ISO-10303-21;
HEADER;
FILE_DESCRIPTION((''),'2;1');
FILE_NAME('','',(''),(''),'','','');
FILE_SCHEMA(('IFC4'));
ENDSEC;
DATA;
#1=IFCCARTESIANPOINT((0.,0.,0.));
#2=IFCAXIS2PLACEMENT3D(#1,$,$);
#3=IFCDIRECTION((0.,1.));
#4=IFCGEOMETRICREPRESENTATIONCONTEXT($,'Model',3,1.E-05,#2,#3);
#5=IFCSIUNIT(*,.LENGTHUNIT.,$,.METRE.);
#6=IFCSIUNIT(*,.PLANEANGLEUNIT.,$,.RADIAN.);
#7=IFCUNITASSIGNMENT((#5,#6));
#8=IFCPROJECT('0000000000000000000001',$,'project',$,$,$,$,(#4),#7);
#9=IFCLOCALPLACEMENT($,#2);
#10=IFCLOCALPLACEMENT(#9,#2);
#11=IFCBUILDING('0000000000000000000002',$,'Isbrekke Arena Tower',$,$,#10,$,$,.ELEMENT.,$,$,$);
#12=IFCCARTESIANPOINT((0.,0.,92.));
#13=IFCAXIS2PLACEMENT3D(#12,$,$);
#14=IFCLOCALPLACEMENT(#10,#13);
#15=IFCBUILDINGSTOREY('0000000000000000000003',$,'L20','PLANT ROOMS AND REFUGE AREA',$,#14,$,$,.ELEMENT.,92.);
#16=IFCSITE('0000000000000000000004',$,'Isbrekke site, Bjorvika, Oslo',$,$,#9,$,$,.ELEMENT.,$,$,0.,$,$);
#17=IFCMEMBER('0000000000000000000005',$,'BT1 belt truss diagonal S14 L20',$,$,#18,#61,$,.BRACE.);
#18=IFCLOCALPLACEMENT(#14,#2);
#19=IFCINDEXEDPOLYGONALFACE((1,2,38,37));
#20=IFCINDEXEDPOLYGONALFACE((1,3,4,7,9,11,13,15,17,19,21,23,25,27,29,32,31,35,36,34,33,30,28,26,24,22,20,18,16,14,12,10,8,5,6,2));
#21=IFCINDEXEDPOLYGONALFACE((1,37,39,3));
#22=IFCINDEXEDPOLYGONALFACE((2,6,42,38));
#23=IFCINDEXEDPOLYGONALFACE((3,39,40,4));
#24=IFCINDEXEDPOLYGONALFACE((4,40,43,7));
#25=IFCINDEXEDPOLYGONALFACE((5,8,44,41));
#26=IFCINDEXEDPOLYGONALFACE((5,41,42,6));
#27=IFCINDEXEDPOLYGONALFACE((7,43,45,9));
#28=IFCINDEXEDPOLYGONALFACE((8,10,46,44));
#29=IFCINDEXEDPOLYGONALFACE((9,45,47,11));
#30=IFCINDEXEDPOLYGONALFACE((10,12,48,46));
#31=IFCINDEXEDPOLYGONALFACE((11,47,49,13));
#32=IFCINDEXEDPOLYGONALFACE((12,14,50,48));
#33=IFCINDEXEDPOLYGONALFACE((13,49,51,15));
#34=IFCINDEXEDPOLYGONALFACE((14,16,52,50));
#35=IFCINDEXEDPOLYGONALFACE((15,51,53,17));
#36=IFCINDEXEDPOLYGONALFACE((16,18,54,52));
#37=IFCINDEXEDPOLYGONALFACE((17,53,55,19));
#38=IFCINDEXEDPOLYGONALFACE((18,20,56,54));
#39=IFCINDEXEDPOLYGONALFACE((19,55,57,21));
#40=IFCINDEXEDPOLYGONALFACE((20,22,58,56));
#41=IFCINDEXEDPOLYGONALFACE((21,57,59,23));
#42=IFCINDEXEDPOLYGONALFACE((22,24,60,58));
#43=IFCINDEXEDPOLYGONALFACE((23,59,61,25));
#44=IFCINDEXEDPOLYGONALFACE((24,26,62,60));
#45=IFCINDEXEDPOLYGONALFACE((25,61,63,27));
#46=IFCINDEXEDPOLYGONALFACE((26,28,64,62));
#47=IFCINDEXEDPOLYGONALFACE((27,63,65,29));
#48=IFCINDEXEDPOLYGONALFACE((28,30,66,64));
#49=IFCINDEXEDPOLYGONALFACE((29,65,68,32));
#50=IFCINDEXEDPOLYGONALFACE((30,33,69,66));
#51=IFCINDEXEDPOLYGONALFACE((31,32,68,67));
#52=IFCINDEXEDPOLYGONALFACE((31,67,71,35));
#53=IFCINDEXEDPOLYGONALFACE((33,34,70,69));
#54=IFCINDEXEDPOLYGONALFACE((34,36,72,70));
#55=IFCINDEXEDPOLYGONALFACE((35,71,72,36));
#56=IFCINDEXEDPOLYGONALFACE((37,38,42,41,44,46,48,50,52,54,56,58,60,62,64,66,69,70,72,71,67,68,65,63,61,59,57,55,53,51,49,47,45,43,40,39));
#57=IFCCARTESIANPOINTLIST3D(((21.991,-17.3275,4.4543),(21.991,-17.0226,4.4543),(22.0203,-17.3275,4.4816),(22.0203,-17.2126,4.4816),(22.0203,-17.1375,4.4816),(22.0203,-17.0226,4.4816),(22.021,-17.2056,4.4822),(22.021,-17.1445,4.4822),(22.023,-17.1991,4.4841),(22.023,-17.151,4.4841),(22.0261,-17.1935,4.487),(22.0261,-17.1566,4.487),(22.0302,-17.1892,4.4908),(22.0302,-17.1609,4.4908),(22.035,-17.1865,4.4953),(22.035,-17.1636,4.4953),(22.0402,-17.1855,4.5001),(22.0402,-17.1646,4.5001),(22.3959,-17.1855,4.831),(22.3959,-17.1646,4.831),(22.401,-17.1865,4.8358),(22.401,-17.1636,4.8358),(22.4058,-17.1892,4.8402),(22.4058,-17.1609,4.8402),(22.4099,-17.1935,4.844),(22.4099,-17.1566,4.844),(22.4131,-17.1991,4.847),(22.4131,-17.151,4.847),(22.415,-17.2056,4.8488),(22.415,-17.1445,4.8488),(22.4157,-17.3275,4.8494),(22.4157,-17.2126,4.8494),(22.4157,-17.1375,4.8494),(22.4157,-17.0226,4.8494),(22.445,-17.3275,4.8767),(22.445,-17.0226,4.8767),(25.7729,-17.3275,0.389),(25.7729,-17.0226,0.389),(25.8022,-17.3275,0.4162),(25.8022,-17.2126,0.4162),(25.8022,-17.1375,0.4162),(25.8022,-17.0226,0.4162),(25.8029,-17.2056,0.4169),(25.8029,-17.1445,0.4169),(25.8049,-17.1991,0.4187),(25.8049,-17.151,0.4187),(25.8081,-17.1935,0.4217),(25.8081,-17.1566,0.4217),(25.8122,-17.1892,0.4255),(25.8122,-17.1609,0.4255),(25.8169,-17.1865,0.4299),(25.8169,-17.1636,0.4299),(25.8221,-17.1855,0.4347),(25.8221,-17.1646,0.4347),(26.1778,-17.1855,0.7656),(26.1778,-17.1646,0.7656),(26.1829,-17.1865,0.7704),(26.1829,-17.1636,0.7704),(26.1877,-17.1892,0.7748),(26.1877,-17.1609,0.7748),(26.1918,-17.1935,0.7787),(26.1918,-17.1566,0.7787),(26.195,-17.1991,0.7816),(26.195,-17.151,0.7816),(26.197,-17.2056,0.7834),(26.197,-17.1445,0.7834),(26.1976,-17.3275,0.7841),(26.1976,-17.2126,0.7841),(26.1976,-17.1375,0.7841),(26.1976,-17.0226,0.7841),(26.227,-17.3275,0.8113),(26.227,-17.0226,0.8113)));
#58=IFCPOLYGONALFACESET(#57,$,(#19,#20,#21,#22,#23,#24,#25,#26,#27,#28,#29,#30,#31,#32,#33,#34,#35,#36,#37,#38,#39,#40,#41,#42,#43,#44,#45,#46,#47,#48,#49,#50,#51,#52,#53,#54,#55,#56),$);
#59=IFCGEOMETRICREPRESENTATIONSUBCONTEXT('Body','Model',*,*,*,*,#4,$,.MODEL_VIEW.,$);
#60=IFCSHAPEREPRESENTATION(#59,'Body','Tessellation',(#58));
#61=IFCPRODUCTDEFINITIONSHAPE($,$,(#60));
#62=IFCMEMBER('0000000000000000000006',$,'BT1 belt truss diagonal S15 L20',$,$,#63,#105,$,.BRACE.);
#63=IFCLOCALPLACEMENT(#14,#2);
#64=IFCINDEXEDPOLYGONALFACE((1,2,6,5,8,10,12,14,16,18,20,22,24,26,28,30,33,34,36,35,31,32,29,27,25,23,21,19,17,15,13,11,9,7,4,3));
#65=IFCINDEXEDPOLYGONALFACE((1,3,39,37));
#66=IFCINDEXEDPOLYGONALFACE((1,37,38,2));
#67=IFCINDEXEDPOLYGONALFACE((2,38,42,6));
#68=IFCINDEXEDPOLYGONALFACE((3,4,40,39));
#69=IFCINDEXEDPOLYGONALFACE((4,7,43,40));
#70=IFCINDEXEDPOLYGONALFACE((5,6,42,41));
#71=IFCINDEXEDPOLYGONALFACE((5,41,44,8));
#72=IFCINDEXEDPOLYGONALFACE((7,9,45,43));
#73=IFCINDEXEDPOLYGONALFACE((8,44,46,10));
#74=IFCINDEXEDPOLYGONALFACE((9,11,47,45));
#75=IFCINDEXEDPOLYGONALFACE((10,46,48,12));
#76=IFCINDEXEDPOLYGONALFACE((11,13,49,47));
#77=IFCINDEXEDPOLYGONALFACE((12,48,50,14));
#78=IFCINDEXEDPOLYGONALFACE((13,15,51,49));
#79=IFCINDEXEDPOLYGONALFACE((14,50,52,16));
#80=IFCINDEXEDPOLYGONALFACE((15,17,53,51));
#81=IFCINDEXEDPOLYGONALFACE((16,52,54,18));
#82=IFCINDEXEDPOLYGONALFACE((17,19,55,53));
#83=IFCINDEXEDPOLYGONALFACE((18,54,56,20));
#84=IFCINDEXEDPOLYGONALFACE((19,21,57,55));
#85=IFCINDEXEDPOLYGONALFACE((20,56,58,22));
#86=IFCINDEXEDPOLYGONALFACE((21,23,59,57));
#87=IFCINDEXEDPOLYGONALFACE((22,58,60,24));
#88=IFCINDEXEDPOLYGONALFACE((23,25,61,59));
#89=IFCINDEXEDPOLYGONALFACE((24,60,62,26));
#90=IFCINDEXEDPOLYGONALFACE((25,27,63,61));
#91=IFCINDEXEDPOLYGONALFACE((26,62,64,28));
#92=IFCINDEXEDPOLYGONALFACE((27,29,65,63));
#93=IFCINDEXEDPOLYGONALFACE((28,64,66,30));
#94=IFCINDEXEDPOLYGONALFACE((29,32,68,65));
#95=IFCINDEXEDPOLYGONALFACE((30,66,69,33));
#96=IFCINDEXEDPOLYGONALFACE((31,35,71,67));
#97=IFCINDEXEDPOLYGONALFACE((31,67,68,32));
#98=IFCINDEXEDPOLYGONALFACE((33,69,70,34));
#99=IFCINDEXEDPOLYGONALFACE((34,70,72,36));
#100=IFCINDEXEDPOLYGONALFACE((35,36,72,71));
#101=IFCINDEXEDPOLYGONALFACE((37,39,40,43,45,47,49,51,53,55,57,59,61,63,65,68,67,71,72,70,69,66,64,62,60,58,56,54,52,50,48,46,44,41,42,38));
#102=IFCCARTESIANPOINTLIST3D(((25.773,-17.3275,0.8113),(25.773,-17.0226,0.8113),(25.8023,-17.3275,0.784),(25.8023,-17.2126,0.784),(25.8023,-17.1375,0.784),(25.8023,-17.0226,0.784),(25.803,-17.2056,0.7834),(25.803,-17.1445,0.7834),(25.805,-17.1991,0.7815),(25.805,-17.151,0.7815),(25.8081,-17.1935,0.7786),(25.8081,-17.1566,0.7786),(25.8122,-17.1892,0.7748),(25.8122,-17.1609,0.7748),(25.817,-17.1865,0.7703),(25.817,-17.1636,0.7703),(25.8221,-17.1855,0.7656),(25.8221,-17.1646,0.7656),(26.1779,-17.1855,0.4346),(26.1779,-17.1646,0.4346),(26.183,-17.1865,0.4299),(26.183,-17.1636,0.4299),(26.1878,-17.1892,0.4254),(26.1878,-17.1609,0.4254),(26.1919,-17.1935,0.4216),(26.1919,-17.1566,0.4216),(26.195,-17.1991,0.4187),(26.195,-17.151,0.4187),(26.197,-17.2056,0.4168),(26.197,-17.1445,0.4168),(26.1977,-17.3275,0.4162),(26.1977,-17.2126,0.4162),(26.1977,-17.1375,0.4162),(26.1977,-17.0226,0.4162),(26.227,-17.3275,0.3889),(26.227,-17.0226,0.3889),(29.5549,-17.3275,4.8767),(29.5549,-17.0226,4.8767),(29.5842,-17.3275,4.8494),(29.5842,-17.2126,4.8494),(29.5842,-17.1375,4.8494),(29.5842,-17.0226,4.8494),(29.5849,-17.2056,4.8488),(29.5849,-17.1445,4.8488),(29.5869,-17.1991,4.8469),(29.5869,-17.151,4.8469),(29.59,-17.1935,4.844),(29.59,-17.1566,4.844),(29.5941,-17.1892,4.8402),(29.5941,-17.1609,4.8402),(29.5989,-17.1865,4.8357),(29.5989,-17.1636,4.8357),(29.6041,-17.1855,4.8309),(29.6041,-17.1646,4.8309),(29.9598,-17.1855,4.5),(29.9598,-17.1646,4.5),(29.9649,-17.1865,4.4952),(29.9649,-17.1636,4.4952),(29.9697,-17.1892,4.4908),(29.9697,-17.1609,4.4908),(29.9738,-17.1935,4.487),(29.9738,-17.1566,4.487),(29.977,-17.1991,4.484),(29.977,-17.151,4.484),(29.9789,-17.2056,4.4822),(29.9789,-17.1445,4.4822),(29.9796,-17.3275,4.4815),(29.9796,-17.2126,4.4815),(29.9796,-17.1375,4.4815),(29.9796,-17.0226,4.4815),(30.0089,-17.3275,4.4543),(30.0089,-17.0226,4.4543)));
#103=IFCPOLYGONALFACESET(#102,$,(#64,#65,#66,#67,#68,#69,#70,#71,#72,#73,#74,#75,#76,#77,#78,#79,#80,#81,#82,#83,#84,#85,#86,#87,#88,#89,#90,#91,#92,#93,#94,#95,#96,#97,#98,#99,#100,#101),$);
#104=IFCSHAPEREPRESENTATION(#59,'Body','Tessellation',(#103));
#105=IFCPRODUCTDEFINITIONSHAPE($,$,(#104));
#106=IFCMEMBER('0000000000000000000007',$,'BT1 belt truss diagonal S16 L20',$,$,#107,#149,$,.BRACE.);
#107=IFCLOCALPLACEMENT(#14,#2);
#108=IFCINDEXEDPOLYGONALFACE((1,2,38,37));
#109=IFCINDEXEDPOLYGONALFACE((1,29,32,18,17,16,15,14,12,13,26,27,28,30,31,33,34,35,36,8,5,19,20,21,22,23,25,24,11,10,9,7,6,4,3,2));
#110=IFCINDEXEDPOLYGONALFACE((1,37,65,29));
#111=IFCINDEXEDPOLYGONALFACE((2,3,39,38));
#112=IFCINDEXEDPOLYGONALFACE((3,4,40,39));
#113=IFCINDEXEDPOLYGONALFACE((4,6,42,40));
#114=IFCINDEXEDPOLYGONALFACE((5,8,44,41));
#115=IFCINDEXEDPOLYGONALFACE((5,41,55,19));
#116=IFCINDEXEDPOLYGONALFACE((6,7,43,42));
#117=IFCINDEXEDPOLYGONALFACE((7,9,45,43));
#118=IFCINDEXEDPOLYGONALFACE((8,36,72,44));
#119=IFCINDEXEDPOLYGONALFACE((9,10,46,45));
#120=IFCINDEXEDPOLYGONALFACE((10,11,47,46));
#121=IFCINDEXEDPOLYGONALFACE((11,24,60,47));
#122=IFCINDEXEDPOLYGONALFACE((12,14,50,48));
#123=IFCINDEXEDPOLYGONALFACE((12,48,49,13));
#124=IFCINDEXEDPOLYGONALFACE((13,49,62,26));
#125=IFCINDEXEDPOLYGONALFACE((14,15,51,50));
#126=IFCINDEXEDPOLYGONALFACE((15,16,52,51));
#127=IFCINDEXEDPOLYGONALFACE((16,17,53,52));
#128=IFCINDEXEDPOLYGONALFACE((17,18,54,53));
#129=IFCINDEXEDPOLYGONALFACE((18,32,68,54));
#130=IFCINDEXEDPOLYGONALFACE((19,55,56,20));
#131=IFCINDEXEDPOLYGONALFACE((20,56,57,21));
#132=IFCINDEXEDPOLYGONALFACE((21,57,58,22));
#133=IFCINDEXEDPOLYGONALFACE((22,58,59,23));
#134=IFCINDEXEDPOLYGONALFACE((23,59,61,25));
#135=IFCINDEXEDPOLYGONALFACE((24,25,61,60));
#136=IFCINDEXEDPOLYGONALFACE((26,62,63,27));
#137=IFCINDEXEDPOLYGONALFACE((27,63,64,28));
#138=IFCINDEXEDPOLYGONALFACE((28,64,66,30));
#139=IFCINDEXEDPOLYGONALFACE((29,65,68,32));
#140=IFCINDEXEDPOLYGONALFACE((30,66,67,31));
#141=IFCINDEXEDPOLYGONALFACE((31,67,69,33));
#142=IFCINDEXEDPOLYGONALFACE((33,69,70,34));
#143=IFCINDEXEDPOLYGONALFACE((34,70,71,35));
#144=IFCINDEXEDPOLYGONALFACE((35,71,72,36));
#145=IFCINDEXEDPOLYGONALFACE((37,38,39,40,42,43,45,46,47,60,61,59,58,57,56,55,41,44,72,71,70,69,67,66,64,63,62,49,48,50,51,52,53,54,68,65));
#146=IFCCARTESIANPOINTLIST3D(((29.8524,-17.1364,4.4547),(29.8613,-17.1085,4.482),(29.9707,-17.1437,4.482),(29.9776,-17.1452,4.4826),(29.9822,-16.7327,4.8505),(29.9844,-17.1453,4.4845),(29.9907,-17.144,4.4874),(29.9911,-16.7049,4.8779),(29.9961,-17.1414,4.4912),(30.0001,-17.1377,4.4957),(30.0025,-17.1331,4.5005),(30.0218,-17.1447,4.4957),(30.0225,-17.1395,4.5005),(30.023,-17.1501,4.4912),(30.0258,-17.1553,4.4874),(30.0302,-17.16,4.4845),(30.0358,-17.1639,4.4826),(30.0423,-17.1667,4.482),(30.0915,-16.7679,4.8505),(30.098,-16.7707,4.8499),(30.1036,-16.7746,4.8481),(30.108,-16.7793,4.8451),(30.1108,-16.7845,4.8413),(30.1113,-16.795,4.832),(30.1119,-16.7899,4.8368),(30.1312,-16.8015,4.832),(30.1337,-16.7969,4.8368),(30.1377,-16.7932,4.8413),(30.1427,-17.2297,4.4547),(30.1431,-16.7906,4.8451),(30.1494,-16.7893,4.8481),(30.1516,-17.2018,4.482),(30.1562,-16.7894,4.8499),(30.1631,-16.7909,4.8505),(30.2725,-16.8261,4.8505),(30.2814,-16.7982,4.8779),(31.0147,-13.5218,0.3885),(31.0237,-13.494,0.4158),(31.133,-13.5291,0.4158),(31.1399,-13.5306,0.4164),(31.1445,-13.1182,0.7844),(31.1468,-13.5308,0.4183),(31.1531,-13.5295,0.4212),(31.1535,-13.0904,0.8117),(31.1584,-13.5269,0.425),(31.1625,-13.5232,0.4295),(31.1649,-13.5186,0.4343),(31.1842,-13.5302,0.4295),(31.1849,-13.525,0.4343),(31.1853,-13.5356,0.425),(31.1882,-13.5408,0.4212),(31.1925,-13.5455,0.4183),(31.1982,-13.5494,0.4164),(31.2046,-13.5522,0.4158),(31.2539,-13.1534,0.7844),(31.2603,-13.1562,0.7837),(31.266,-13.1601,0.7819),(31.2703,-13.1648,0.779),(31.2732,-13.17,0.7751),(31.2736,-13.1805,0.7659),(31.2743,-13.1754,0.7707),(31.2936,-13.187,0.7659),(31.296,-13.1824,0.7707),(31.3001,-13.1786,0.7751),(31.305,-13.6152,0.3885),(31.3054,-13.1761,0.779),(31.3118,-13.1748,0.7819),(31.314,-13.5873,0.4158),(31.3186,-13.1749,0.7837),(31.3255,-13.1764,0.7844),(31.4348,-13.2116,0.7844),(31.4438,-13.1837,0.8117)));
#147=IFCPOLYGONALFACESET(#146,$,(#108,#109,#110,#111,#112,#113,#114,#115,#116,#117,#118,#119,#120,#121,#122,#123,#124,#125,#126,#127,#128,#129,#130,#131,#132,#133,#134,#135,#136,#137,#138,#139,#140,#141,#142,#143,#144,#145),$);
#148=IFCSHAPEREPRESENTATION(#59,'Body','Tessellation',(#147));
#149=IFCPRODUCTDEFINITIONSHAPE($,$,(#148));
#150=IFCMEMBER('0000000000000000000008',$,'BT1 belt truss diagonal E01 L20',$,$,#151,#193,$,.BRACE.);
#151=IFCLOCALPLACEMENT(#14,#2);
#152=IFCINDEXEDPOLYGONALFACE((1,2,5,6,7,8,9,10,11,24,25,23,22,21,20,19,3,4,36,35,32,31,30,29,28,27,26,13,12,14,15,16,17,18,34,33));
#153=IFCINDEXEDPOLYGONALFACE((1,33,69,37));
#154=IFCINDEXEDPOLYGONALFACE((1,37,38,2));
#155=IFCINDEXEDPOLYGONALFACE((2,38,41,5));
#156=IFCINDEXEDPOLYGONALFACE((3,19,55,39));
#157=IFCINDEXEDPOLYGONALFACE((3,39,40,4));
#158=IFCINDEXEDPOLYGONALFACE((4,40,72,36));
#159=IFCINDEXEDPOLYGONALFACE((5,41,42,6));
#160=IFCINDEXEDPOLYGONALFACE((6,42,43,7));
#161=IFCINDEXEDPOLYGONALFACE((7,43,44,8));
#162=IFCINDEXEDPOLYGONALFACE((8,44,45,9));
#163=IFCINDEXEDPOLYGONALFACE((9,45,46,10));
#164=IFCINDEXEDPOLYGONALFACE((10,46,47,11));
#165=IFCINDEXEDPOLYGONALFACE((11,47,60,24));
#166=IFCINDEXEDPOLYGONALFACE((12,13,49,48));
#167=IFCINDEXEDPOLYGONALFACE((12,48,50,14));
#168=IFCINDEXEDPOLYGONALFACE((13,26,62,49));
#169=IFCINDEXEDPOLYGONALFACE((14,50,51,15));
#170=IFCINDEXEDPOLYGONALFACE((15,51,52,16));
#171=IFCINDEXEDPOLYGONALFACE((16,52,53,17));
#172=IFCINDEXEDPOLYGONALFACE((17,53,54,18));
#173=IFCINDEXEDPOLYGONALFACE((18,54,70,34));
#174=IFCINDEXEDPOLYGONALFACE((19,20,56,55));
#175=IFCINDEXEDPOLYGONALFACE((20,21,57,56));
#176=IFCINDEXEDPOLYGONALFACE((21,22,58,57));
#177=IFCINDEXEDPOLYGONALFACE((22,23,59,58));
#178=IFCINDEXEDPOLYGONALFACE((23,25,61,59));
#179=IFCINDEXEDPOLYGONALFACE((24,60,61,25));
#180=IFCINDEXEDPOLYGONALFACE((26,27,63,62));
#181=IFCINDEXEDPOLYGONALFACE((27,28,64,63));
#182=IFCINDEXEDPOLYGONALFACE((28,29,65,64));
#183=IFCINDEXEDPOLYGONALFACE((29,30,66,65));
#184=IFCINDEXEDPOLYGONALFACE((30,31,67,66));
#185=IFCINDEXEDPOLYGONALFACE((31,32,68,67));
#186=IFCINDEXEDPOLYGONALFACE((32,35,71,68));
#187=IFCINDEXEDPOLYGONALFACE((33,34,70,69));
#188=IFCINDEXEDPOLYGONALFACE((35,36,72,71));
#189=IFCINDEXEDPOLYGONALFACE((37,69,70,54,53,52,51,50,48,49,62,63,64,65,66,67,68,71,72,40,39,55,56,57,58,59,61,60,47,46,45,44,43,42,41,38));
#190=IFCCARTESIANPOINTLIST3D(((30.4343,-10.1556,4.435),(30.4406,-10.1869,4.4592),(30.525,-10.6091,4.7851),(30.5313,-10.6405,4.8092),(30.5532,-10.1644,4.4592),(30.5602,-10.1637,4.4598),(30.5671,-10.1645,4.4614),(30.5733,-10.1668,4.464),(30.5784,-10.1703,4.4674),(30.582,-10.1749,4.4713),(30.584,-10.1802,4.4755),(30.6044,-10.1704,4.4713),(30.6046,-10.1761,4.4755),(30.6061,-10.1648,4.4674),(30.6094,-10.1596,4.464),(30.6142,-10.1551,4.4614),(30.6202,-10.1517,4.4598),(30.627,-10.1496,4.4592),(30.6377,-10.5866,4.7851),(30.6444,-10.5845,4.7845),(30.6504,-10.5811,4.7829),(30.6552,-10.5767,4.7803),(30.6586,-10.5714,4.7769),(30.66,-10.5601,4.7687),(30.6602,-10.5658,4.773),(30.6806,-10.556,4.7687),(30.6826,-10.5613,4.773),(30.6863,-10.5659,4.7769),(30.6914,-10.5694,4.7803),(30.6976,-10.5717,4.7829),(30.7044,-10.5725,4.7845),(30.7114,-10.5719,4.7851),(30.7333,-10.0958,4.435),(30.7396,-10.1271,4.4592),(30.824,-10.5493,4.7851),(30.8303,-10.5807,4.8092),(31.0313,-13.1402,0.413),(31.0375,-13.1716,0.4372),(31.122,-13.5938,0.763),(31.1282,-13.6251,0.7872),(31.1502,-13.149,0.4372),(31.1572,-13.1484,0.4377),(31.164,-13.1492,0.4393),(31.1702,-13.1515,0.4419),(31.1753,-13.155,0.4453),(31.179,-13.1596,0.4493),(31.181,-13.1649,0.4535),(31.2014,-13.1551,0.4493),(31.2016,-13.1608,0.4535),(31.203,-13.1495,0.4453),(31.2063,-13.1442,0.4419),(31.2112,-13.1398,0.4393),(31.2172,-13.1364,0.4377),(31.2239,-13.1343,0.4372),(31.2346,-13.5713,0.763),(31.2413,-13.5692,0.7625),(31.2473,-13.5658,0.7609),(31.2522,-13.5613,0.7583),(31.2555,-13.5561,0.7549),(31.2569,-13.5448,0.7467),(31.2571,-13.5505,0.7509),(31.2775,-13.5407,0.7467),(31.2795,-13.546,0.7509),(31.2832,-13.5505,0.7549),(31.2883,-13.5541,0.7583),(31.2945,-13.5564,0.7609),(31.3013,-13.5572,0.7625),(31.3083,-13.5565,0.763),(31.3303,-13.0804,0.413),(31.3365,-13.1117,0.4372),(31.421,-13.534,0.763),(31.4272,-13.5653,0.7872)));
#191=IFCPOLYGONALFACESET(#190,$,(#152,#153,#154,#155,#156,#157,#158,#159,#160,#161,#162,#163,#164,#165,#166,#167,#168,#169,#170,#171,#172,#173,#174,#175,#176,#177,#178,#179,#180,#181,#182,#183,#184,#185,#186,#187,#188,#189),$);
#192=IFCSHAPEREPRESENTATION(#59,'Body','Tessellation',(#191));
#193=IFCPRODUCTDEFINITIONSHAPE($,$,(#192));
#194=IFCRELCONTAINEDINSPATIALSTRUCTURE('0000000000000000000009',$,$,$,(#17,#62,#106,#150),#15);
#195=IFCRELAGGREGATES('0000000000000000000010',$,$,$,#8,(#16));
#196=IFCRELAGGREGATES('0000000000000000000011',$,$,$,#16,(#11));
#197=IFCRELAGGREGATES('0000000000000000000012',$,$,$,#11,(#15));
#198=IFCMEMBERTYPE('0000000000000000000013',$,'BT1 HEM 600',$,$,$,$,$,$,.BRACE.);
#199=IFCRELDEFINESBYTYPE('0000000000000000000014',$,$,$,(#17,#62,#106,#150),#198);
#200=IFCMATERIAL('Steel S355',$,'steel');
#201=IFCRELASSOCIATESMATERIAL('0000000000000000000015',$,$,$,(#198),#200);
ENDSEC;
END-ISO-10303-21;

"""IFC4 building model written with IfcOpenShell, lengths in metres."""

from ifc_helpers import new_model, si_unit, direction, frame, origin, origin_2d, place, context, subcontext, project, spatial, i_section, extrude, material, material_profile, profile_set, type_object, element, save


model = new_model("IFC4")

# Units and contexts
model_context = context("Model", 3, precision=1e-05, world=origin(), true_north=direction((0.0, 1.0)))
body_context = subcontext(model_context, "Body", "Model", "MODEL_VIEW")
ifc_project = project(units=[si_unit("LENGTHUNIT", "METRE"), si_unit("PLANEANGLEUNIT", "RADIAN")], contexts=[model_context])

# Site, building, storey
site_placement = place(None, origin())
site = spatial("IfcSite", under=ifc_project, at=site_placement, Name="Isbrekke site, Bjorvika, Oslo", CompositionType="ELEMENT", RefElevation=0.0)
building_placement = place(site_placement, origin())
building = spatial("IfcBuilding", under=site, at=building_placement, Name="Isbrekke Arena Tower", CompositionType="ELEMENT")
storey_placement = place(building_placement, frame((0.0, 0.0, 92.0)))
storey = spatial("IfcBuildingStorey", under=building, at=storey_placement, Name="L20", Description="PLANT ROOMS AND REFUGE AREA", CompositionType="ELEMENT", Elevation=92.0)

# Members
ifc_material_1 = material(Name="Steel S355", Category="steel")
ifc_material_profile_1 = material_profile(ifc_material_1, i_section(OverallWidth=0.3049, OverallDepth=0.6201, WebThickness=0.021, FlangeThickness=0.04, FilletRadius=0.0271, at=origin_2d()), Name="HEM 600")
ifc_profile_set_1 = profile_set([ifc_material_profile_1], Name="Steel S355")
member_type_1 = type_object("IfcMemberType", Name="BT1 HEM 600", PredefinedType="BRACE", material=ifc_profile_set_1)
for number, where, z_axis, x_axis, name in (
    (1, (22.218, -17.175, 4.6655), (0.681122, 0.0, -0.73217), (0.0, 1.0, 0.0), "BT1 belt truss diagonal S14 L20"),
    (2, (26.0, -17.175, 0.6001), (0.681122, 0.0, 0.73217), (0.0, 1.0, 0.0), "BT1 belt truss diagonal S15 L20"),
):
    element("IfcMember", number, at=place(storey_placement, frame(where, z_axis=z_axis, x_axis=x_axis)), inside=storey, type_object=member_type_1, Name=name, PredefinedType="BRACE", context=body_context, shape_type="SweptSolid", body=[
        extrude(i_section(OverallWidth=0.3049, OverallDepth=0.6201, WebThickness=0.021, FlangeThickness=0.04, FilletRadius=0.0271, at=origin_2d()), origin(), (0.0, 0.0, 1.0), 5.5525),
    ])
member_1_placement = place(storey_placement, frame((30.0669, -16.9673, 4.6663), z_axis=(0.208936, 0.649715, -0.730901), x_axis=(-0.951986, 0.30614, 0.0)))
element("IfcMember", 3, at=member_1_placement, inside=storey, type_object=member_type_1, Name="BT1 belt truss diagonal S16 L20", PredefinedType="BRACE", context=body_context, shape_type="SweptSolid", body=[
    extrude(i_section(OverallWidth=0.3049, OverallDepth=0.6201, WebThickness=0.021, FlangeThickness=0.04, FilletRadius=0.0271, at=origin_2d()), origin(), (0.0, 0.0, 1.0), 5.5632),
])
member_2_placement = place(storey_placement, frame((31.2292, -13.3528, 0.6001), z_axis=(-0.118347, 0.591733, 0.7974), x_axis=(-0.980581, -0.196116, 0.0)))
element("IfcMember", 4, at=member_2_placement, inside=storey, type_object=member_type_1, Name="BT1 belt truss diagonal E01 L20", PredefinedType="BRACE", context=body_context, shape_type="SweptSolid", body=[
    extrude(i_section(OverallWidth=0.3049, OverallDepth=0.6201, WebThickness=0.021, FlangeThickness=0.04, FilletRadius=0.0271, at=origin_2d()), origin(), (0.0, 0.0, 1.0), 5.0439),
])

save(model, "model.ifc")
